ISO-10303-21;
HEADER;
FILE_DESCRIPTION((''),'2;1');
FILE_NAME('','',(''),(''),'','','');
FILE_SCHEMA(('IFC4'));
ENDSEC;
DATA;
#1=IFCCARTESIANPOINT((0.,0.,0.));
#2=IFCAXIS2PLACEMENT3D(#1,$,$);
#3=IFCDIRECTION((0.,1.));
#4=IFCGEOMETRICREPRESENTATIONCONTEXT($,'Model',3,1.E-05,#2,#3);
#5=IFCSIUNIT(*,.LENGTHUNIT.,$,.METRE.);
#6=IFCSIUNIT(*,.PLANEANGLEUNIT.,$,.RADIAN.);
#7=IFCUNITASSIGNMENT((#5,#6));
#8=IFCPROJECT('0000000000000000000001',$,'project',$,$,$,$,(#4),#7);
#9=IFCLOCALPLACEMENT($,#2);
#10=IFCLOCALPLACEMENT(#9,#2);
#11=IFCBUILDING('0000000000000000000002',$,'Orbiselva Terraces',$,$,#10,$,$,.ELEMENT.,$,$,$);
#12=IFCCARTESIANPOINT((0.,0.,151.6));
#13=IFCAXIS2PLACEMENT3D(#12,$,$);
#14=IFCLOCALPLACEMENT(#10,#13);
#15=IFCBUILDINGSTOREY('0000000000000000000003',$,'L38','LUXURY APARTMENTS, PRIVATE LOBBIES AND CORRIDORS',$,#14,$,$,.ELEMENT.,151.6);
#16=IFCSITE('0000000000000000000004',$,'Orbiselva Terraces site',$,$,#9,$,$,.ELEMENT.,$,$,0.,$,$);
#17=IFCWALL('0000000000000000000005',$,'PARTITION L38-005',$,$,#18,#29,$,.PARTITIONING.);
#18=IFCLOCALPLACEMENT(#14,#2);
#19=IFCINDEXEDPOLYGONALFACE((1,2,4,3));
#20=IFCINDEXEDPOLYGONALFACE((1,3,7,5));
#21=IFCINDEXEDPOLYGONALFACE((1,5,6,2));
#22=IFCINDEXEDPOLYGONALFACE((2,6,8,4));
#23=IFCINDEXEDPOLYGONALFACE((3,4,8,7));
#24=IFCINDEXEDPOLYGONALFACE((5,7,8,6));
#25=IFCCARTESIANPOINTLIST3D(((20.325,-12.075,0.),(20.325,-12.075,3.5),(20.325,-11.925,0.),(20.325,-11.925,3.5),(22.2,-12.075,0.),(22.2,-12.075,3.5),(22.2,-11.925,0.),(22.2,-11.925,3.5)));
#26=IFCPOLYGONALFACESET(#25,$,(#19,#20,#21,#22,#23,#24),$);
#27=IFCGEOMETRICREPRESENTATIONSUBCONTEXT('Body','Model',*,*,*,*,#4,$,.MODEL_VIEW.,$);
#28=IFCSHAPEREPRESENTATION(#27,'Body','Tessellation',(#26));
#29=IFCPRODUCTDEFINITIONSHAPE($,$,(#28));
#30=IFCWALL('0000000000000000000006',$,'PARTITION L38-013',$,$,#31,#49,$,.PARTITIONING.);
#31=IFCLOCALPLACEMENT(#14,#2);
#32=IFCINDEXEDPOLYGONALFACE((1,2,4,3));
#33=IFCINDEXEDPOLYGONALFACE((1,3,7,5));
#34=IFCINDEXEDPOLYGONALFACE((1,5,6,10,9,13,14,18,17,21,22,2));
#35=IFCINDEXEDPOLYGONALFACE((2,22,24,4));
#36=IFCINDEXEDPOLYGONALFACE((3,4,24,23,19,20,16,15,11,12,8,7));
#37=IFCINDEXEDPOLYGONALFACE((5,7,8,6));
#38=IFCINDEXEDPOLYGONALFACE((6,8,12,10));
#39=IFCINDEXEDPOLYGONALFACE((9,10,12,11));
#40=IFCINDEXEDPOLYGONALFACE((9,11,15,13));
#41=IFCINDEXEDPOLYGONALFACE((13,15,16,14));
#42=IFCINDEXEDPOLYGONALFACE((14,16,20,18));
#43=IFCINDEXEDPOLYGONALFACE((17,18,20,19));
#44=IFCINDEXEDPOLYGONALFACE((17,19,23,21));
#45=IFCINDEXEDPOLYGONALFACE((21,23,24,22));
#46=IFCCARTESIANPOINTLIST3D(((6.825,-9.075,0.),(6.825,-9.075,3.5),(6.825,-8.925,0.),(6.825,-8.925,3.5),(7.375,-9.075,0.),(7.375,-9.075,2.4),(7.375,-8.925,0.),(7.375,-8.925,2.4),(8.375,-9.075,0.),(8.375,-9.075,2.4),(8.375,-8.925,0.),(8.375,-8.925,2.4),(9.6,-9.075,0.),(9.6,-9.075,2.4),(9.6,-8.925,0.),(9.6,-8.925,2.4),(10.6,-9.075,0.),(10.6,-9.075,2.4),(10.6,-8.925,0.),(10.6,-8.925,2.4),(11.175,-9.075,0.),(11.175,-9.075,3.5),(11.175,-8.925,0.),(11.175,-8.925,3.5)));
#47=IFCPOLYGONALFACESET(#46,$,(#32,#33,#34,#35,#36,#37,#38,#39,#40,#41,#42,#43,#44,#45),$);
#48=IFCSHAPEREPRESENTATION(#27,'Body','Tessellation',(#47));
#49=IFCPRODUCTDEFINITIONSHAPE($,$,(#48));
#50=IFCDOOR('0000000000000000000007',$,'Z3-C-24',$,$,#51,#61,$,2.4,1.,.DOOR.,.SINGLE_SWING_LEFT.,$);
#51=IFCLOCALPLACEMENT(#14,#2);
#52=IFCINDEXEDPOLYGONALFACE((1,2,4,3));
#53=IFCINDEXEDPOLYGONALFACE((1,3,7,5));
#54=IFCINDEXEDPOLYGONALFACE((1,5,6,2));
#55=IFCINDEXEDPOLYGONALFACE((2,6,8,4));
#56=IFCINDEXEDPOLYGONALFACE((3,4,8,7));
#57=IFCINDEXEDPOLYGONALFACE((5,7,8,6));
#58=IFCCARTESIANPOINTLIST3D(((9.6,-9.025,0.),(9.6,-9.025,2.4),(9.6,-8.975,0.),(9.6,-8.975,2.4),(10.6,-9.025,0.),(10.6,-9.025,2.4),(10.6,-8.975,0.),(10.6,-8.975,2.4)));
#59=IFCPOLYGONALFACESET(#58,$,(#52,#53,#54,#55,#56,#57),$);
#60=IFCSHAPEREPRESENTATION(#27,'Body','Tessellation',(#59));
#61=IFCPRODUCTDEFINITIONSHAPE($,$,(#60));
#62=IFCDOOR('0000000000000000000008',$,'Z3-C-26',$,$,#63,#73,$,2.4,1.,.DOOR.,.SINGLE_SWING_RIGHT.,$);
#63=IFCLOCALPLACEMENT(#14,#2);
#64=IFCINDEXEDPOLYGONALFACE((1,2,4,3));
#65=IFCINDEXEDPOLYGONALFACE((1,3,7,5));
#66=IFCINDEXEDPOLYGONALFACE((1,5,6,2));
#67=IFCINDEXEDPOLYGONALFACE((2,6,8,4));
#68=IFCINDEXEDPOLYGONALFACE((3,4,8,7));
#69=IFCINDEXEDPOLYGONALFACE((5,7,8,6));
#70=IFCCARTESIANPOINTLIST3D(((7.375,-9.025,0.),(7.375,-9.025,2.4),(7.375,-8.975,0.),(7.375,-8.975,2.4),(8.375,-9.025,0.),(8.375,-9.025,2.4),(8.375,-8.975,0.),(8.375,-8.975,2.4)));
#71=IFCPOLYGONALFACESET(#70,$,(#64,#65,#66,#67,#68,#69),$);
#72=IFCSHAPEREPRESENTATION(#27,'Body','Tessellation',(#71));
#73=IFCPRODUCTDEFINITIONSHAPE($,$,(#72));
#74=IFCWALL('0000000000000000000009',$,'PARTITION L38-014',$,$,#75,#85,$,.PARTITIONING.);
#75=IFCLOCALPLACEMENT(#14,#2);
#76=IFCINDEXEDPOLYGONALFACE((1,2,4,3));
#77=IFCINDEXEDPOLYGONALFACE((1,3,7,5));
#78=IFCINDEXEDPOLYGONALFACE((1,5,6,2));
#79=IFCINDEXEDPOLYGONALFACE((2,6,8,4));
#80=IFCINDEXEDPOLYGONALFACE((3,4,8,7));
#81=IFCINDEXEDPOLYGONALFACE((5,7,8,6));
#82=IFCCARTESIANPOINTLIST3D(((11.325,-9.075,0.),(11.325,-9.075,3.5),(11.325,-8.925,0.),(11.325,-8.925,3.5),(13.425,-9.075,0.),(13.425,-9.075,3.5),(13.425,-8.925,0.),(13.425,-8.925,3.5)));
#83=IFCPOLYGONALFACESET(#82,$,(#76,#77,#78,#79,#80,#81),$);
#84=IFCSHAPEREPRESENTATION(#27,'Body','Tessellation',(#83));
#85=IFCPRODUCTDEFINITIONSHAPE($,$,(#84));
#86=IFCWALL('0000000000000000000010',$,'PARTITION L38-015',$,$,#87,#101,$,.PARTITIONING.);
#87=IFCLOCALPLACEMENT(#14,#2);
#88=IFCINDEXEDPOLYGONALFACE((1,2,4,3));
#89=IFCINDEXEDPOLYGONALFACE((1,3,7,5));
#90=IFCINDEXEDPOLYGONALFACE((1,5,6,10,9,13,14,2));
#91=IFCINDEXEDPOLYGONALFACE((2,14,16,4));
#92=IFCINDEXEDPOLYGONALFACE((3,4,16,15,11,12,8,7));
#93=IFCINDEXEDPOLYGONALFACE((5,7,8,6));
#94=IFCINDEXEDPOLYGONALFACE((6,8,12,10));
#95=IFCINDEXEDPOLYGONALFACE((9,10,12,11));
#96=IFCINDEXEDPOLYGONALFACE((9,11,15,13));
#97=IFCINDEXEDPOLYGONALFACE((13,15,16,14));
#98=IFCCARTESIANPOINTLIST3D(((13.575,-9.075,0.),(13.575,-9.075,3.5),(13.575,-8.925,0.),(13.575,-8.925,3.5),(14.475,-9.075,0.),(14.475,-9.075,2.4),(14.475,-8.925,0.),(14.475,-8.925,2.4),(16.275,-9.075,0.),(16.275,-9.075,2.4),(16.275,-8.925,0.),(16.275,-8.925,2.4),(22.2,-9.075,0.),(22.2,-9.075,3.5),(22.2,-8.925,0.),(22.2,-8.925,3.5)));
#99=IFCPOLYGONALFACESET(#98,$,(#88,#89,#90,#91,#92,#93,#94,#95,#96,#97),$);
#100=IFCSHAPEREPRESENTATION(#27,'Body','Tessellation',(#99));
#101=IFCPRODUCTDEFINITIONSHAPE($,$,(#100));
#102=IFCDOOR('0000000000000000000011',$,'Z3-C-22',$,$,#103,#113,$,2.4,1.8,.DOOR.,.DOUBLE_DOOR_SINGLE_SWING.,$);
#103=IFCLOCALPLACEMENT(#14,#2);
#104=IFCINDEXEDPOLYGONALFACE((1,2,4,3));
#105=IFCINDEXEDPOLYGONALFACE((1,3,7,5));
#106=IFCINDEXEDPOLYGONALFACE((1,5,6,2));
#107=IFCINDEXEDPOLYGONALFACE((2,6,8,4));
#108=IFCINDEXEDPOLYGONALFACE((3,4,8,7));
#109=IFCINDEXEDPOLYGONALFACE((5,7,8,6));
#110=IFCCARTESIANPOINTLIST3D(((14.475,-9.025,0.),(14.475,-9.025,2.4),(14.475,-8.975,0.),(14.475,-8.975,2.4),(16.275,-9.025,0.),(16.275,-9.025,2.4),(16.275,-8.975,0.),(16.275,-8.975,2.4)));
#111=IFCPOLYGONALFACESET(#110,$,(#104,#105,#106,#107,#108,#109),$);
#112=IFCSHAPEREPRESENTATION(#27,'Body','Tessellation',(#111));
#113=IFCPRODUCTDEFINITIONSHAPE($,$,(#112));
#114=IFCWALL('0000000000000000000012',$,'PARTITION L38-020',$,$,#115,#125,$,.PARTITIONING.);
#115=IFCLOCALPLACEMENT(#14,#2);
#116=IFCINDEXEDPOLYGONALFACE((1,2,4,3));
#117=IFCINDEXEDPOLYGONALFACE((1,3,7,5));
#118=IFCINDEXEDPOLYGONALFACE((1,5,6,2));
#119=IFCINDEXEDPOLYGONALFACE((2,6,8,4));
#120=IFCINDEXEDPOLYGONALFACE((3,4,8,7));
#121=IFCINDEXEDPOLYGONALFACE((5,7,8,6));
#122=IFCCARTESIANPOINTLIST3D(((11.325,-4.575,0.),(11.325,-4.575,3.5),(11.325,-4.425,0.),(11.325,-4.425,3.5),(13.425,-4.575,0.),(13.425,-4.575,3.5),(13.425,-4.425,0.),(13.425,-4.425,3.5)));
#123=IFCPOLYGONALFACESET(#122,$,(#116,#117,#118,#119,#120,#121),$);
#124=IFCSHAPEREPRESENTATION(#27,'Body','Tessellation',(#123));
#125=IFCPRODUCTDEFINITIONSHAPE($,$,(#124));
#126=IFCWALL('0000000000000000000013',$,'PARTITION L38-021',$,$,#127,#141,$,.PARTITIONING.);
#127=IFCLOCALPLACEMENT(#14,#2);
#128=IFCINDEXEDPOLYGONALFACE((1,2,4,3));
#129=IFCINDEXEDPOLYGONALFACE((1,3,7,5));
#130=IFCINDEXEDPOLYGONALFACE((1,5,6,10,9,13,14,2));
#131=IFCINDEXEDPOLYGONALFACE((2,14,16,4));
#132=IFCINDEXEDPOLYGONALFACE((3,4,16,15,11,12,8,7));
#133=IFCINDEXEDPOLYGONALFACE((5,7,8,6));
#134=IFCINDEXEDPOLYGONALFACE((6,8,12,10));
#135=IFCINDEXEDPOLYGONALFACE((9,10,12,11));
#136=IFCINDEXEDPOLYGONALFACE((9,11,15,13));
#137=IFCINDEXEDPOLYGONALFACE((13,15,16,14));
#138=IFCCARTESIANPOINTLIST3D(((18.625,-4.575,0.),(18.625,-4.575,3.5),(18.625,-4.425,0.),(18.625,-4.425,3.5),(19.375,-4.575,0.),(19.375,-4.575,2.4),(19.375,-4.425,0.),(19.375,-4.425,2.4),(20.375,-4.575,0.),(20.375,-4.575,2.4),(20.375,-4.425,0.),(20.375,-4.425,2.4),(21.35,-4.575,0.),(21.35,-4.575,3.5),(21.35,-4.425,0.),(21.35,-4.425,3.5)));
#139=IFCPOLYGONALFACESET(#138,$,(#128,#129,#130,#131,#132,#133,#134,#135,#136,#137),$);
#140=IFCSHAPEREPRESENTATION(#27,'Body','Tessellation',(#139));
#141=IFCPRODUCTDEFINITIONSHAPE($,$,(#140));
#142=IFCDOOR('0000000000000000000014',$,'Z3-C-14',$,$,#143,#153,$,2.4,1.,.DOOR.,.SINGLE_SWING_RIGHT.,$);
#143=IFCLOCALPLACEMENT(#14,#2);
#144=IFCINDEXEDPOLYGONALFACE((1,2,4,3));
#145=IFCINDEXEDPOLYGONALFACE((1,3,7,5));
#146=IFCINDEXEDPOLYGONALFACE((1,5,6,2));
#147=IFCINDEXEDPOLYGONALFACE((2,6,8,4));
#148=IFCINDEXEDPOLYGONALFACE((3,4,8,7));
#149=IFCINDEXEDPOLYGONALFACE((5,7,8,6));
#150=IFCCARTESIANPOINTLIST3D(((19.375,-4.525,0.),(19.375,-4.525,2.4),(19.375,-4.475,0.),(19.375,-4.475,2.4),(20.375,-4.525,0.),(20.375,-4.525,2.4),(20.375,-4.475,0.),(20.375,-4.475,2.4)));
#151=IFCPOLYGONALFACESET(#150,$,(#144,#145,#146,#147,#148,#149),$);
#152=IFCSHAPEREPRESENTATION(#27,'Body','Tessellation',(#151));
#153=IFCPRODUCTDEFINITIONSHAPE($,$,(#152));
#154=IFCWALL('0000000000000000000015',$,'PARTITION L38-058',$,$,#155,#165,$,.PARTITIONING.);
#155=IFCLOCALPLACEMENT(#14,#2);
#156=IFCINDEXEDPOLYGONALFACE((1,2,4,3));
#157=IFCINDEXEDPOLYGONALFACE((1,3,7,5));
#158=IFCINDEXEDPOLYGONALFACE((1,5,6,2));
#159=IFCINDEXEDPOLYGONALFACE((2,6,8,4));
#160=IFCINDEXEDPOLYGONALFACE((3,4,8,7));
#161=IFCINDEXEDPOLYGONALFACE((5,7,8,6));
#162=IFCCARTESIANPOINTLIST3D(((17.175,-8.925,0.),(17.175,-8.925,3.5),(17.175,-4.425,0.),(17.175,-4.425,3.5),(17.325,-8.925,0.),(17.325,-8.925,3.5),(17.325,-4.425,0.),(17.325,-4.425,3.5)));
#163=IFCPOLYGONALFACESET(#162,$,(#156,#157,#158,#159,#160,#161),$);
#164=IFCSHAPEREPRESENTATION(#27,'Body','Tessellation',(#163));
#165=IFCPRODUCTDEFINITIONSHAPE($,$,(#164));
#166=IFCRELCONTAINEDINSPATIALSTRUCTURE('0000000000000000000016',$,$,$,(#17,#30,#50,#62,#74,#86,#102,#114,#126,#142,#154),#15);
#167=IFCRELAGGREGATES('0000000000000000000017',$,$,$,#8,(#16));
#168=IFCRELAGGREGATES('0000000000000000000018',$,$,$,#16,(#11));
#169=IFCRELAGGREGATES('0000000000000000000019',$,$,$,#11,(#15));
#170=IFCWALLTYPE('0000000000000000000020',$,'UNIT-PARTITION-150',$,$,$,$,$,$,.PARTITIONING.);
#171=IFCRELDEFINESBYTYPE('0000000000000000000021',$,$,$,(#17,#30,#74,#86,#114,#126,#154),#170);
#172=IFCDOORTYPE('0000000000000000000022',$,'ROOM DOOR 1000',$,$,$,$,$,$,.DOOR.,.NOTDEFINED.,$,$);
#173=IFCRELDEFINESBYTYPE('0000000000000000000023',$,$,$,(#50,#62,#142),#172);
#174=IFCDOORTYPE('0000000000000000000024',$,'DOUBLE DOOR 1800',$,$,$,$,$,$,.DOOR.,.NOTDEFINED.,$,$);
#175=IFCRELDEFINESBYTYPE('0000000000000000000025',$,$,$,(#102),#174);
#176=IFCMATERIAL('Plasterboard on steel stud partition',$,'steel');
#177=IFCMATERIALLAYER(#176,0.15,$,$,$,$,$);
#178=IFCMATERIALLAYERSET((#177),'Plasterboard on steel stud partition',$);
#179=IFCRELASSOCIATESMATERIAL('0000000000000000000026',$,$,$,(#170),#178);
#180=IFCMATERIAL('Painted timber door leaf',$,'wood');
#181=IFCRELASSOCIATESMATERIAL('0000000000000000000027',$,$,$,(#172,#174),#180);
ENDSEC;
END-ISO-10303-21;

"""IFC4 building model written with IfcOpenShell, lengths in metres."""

from ifc_helpers import new_model, si_unit, direction, frame, frame_2d, origin, place, context, subcontext, project, spatial, rectangle, extrude, material, layer, layer_set, type_object, element, fill, save


model = new_model("IFC4")

# Units and contexts
model_context = context("Model", 3, precision=1e-05, world=origin(), true_north=direction((0.0, 1.0)))
body_context = subcontext(model_context, "Body", "Model", "MODEL_VIEW")
ifc_project = project(units=[si_unit("LENGTHUNIT", "METRE"), si_unit("PLANEANGLEUNIT", "RADIAN")], contexts=[model_context])

# Site, building, storey
site_placement = place(None, origin())
site = spatial("IfcSite", under=ifc_project, at=site_placement, Name="Orbiselva Terraces site", CompositionType="ELEMENT", RefElevation=0.0)
building_placement = place(site_placement, origin())
building = spatial("IfcBuilding", under=site, at=building_placement, Name="Orbiselva Terraces", CompositionType="ELEMENT")
storey_placement = place(building_placement, frame((0.0, 0.0, 151.6)))
storey = spatial("IfcBuildingStorey", under=building, at=storey_placement, Name="L38", Description="LUXURY APARTMENTS, PRIVATE LOBBIES AND CORRIDORS", CompositionType="ELEMENT", Elevation=151.6)

# Shared definitions
ifc_material_1 = material(Name="Plasterboard on steel stud partition", Category="steel")
ifc_material_2 = material(Name="Painted timber door leaf", Category="wood")

# Shared definitions
ifc_layer_1 = layer(ifc_material_1, 0.15)
ifc_layer_set_1 = layer_set([ifc_layer_1], Name="Plasterboard on steel stud partition")
wall_type_1 = type_object("IfcWallType", Name="UNIT-PARTITION-150", PredefinedType="PARTITIONING", material=ifc_layer_set_1)

# Wall
wall_1_placement = place(storey_placement, frame((20.325, -12.0, 0.0), z_axis=(0.0, 0.0, 1.0), x_axis=(1.0, 0.0, 0.0)))
element("IfcWall", 1, at=wall_1_placement, inside=storey, type_object=wall_type_1, Name="PARTITION L38-005", PredefinedType="PARTITIONING", context=body_context, shape_type="SweptSolid", body=[
    extrude(rectangle(XDim=1.875, YDim=0.15, at=frame_2d((0.9375, 0.0))), origin(), (0.0, 0.0, 1.0), 3.5),
])

# Wall, openings, doors
wall_2_placement = place(storey_placement, frame((11.175, -9.0, 0.0), z_axis=(0.0, 0.0, 1.0), x_axis=(-1.0, 0.0, 0.0)))
wall_2 = element("IfcWall", 2, at=wall_2_placement, inside=storey, type_object=wall_type_1, Name="PARTITION L38-013", PredefinedType="PARTITIONING", context=body_context, shape_type="SweptSolid", body=[
    extrude(rectangle(XDim=4.35, YDim=0.15, at=frame_2d((2.175, 0.0))), origin(), (0.0, 0.0, 1.0), 3.5),
])
opening_1_placement = place(wall_2_placement, frame((0.575, 0.0, 0.0)))
opening_1 = element("IfcOpeningElement", 3, at=opening_1_placement, cuts=wall_2, PredefinedType="OPENING", context=body_context, shape_type="SweptSolid", body=[
    extrude(rectangle(XDim=1.0, YDim=2.4, at=frame_2d((0.5, 1.2))), frame((0.0, 0.085, 0.0), z_axis=(0.0, -1.0, 0.0), x_axis=(1.0, 0.0, 0.0)), (0.0, 0.0, 1.0), 0.17),
])
opening_2_placement = place(wall_2_placement, frame((2.8, 0.0, 0.0)))
opening_2 = element("IfcOpeningElement", 4, at=opening_2_placement, cuts=wall_2, PredefinedType="OPENING", context=body_context, shape_type="SweptSolid", body=[
    extrude(rectangle(XDim=1.0, YDim=2.4, at=frame_2d((0.5, 1.2))), frame((0.0, 0.085, 0.0), z_axis=(0.0, -1.0, 0.0), x_axis=(1.0, 0.0, 0.0)), (0.0, 0.0, 1.0), 0.17),
])
door_type_1 = type_object("IfcDoorType", Name="ROOM DOOR 1000", OperationType="NOTDEFINED", PredefinedType="DOOR", material=ifc_material_2)
door_1_placement = place(opening_1_placement, origin())
door_1 = element("IfcDoor", 5, at=door_1_placement, inside=storey, type_object=door_type_1, Name="Z3-C-24", OperationType="SINGLE_SWING_LEFT", OverallHeight=2.4, OverallWidth=1.0, PredefinedType="DOOR", context=body_context, shape_type="SweptSolid", body=[
    extrude(rectangle(XDim=1.0, YDim=2.4, at=frame_2d((0.5, 1.2))), frame((0.0, 0.025, 0.0), z_axis=(0.0, -1.0, 0.0), x_axis=(1.0, 0.0, 0.0)), (0.0, 0.0, 1.0), 0.05),
])
fill(opening_1, door_1)
door_2_placement = place(opening_2_placement, origin())
door_2 = element("IfcDoor", 6, at=door_2_placement, inside=storey, type_object=door_type_1, Name="Z3-C-26", OperationType="SINGLE_SWING_RIGHT", OverallHeight=2.4, OverallWidth=1.0, PredefinedType="DOOR", context=body_context, shape_type="SweptSolid", body=[
    extrude(rectangle(XDim=1.0, YDim=2.4, at=frame_2d((0.5, 1.2))), frame((0.0, 0.025, 0.0), z_axis=(0.0, -1.0, 0.0), x_axis=(1.0, 0.0, 0.0)), (0.0, 0.0, 1.0), 0.05),
])
fill(opening_2, door_2)

# Wall
wall_3_placement = place(storey_placement, frame((11.325, -9.0, 0.0), z_axis=(0.0, 0.0, 1.0), x_axis=(1.0, 0.0, 0.0)))
element("IfcWall", 7, at=wall_3_placement, inside=storey, type_object=wall_type_1, Name="PARTITION L38-014", PredefinedType="PARTITIONING", context=body_context, shape_type="SweptSolid", body=[
    extrude(rectangle(XDim=2.1, YDim=0.15, at=frame_2d((1.05, 0.0))), origin(), (0.0, 0.0, 1.0), 3.5),
])

# Wall, opening, door
wall_4_placement = place(storey_placement, frame((22.2, -9.0, 0.0), z_axis=(0.0, 0.0, 1.0), x_axis=(-1.0, 0.0, 0.0)))
wall_4 = element("IfcWall", 8, at=wall_4_placement, inside=storey, type_object=wall_type_1, Name="PARTITION L38-015", PredefinedType="PARTITIONING", context=body_context, shape_type="SweptSolid", body=[
    extrude(rectangle(XDim=8.625, YDim=0.15, at=frame_2d((4.3125, 0.0))), origin(), (0.0, 0.0, 1.0), 3.5),
])
opening_3_placement = place(wall_4_placement, frame((5.925, 0.0, 0.0)))
opening_3 = element("IfcOpeningElement", 9, at=opening_3_placement, cuts=wall_4, PredefinedType="OPENING", context=body_context, shape_type="SweptSolid", body=[
    extrude(rectangle(XDim=1.8, YDim=2.4, at=frame_2d((0.9, 1.2))), frame((0.0, 0.085, 0.0), z_axis=(0.0, -1.0, 0.0), x_axis=(1.0, 0.0, 0.0)), (0.0, 0.0, 1.0), 0.17),
])
door_type_2 = type_object("IfcDoorType", Name="DOUBLE DOOR 1800", OperationType="NOTDEFINED", PredefinedType="DOOR", material=ifc_material_2)
door_3_placement = place(opening_3_placement, origin())
door_3 = element("IfcDoor", 10, at=door_3_placement, inside=storey, type_object=door_type_2, Name="Z3-C-22", OperationType="DOUBLE_DOOR_SINGLE_SWING", OverallHeight=2.4, OverallWidth=1.8, PredefinedType="DOOR", context=body_context, shape_type="SweptSolid", body=[
    extrude(rectangle(XDim=1.8, YDim=2.4, at=frame_2d((0.9, 1.2))), frame((0.0, 0.025, 0.0), z_axis=(0.0, -1.0, 0.0), x_axis=(1.0, 0.0, 0.0)), (0.0, 0.0, 1.0), 0.05),
])
fill(opening_3, door_3)

# Wall
wall_5_placement = place(storey_placement, frame((11.325, -4.5, 0.0), z_axis=(0.0, 0.0, 1.0), x_axis=(1.0, 0.0, 0.0)))
element("IfcWall", 11, at=wall_5_placement, inside=storey, type_object=wall_type_1, Name="PARTITION L38-020", PredefinedType="PARTITIONING", context=body_context, shape_type="SweptSolid", body=[
    extrude(rectangle(XDim=2.1, YDim=0.15, at=frame_2d((1.05, 0.0))), origin(), (0.0, 0.0, 1.0), 3.5),
])

# Wall, opening, door
wall_6_placement = place(storey_placement, frame((21.35, -4.5, 0.0), z_axis=(0.0, 0.0, 1.0), x_axis=(-1.0, 0.0, 0.0)))
wall_6 = element("IfcWall", 12, at=wall_6_placement, inside=storey, type_object=wall_type_1, Name="PARTITION L38-021", PredefinedType="PARTITIONING", context=body_context, shape_type="SweptSolid", body=[
    extrude(rectangle(XDim=2.725, YDim=0.15, at=frame_2d((1.3625, 0.0))), origin(), (0.0, 0.0, 1.0), 3.5),
])
opening_4_placement = place(wall_6_placement, frame((0.975, 0.0, 0.0)))
opening_4 = element("IfcOpeningElement", 13, at=opening_4_placement, cuts=wall_6, PredefinedType="OPENING", context=body_context, shape_type="SweptSolid", body=[
    extrude(rectangle(XDim=1.0, YDim=2.4, at=frame_2d((0.5, 1.2))), frame((0.0, 0.085, 0.0), z_axis=(0.0, -1.0, 0.0), x_axis=(1.0, 0.0, 0.0)), (0.0, 0.0, 1.0), 0.17),
])
door_4_placement = place(opening_4_placement, origin())
door_4 = element("IfcDoor", 14, at=door_4_placement, inside=storey, type_object=door_type_1, Name="Z3-C-14", OperationType="SINGLE_SWING_RIGHT", OverallHeight=2.4, OverallWidth=1.0, PredefinedType="DOOR", context=body_context, shape_type="SweptSolid", body=[
    extrude(rectangle(XDim=1.0, YDim=2.4, at=frame_2d((0.5, 1.2))), frame((0.0, 0.025, 0.0), z_axis=(0.0, -1.0, 0.0), x_axis=(1.0, 0.0, 0.0)), (0.0, 0.0, 1.0), 0.05),
])
fill(opening_4, door_4)

# Wall
wall_7_placement = place(storey_placement, frame((17.25, -8.925, 0.0), z_axis=(0.0, 0.0, 1.0), x_axis=(0.0, 1.0, 0.0)))
element("IfcWall", 15, at=wall_7_placement, inside=storey, type_object=wall_type_1, Name="PARTITION L38-058", PredefinedType="PARTITIONING", context=body_context, shape_type="SweptSolid", body=[
    extrude(rectangle(XDim=4.5, YDim=0.15, at=frame_2d((2.25, 0.0))), origin(), (0.0, 0.0, 1.0), 3.5),
])

save(model, "model.ifc")
